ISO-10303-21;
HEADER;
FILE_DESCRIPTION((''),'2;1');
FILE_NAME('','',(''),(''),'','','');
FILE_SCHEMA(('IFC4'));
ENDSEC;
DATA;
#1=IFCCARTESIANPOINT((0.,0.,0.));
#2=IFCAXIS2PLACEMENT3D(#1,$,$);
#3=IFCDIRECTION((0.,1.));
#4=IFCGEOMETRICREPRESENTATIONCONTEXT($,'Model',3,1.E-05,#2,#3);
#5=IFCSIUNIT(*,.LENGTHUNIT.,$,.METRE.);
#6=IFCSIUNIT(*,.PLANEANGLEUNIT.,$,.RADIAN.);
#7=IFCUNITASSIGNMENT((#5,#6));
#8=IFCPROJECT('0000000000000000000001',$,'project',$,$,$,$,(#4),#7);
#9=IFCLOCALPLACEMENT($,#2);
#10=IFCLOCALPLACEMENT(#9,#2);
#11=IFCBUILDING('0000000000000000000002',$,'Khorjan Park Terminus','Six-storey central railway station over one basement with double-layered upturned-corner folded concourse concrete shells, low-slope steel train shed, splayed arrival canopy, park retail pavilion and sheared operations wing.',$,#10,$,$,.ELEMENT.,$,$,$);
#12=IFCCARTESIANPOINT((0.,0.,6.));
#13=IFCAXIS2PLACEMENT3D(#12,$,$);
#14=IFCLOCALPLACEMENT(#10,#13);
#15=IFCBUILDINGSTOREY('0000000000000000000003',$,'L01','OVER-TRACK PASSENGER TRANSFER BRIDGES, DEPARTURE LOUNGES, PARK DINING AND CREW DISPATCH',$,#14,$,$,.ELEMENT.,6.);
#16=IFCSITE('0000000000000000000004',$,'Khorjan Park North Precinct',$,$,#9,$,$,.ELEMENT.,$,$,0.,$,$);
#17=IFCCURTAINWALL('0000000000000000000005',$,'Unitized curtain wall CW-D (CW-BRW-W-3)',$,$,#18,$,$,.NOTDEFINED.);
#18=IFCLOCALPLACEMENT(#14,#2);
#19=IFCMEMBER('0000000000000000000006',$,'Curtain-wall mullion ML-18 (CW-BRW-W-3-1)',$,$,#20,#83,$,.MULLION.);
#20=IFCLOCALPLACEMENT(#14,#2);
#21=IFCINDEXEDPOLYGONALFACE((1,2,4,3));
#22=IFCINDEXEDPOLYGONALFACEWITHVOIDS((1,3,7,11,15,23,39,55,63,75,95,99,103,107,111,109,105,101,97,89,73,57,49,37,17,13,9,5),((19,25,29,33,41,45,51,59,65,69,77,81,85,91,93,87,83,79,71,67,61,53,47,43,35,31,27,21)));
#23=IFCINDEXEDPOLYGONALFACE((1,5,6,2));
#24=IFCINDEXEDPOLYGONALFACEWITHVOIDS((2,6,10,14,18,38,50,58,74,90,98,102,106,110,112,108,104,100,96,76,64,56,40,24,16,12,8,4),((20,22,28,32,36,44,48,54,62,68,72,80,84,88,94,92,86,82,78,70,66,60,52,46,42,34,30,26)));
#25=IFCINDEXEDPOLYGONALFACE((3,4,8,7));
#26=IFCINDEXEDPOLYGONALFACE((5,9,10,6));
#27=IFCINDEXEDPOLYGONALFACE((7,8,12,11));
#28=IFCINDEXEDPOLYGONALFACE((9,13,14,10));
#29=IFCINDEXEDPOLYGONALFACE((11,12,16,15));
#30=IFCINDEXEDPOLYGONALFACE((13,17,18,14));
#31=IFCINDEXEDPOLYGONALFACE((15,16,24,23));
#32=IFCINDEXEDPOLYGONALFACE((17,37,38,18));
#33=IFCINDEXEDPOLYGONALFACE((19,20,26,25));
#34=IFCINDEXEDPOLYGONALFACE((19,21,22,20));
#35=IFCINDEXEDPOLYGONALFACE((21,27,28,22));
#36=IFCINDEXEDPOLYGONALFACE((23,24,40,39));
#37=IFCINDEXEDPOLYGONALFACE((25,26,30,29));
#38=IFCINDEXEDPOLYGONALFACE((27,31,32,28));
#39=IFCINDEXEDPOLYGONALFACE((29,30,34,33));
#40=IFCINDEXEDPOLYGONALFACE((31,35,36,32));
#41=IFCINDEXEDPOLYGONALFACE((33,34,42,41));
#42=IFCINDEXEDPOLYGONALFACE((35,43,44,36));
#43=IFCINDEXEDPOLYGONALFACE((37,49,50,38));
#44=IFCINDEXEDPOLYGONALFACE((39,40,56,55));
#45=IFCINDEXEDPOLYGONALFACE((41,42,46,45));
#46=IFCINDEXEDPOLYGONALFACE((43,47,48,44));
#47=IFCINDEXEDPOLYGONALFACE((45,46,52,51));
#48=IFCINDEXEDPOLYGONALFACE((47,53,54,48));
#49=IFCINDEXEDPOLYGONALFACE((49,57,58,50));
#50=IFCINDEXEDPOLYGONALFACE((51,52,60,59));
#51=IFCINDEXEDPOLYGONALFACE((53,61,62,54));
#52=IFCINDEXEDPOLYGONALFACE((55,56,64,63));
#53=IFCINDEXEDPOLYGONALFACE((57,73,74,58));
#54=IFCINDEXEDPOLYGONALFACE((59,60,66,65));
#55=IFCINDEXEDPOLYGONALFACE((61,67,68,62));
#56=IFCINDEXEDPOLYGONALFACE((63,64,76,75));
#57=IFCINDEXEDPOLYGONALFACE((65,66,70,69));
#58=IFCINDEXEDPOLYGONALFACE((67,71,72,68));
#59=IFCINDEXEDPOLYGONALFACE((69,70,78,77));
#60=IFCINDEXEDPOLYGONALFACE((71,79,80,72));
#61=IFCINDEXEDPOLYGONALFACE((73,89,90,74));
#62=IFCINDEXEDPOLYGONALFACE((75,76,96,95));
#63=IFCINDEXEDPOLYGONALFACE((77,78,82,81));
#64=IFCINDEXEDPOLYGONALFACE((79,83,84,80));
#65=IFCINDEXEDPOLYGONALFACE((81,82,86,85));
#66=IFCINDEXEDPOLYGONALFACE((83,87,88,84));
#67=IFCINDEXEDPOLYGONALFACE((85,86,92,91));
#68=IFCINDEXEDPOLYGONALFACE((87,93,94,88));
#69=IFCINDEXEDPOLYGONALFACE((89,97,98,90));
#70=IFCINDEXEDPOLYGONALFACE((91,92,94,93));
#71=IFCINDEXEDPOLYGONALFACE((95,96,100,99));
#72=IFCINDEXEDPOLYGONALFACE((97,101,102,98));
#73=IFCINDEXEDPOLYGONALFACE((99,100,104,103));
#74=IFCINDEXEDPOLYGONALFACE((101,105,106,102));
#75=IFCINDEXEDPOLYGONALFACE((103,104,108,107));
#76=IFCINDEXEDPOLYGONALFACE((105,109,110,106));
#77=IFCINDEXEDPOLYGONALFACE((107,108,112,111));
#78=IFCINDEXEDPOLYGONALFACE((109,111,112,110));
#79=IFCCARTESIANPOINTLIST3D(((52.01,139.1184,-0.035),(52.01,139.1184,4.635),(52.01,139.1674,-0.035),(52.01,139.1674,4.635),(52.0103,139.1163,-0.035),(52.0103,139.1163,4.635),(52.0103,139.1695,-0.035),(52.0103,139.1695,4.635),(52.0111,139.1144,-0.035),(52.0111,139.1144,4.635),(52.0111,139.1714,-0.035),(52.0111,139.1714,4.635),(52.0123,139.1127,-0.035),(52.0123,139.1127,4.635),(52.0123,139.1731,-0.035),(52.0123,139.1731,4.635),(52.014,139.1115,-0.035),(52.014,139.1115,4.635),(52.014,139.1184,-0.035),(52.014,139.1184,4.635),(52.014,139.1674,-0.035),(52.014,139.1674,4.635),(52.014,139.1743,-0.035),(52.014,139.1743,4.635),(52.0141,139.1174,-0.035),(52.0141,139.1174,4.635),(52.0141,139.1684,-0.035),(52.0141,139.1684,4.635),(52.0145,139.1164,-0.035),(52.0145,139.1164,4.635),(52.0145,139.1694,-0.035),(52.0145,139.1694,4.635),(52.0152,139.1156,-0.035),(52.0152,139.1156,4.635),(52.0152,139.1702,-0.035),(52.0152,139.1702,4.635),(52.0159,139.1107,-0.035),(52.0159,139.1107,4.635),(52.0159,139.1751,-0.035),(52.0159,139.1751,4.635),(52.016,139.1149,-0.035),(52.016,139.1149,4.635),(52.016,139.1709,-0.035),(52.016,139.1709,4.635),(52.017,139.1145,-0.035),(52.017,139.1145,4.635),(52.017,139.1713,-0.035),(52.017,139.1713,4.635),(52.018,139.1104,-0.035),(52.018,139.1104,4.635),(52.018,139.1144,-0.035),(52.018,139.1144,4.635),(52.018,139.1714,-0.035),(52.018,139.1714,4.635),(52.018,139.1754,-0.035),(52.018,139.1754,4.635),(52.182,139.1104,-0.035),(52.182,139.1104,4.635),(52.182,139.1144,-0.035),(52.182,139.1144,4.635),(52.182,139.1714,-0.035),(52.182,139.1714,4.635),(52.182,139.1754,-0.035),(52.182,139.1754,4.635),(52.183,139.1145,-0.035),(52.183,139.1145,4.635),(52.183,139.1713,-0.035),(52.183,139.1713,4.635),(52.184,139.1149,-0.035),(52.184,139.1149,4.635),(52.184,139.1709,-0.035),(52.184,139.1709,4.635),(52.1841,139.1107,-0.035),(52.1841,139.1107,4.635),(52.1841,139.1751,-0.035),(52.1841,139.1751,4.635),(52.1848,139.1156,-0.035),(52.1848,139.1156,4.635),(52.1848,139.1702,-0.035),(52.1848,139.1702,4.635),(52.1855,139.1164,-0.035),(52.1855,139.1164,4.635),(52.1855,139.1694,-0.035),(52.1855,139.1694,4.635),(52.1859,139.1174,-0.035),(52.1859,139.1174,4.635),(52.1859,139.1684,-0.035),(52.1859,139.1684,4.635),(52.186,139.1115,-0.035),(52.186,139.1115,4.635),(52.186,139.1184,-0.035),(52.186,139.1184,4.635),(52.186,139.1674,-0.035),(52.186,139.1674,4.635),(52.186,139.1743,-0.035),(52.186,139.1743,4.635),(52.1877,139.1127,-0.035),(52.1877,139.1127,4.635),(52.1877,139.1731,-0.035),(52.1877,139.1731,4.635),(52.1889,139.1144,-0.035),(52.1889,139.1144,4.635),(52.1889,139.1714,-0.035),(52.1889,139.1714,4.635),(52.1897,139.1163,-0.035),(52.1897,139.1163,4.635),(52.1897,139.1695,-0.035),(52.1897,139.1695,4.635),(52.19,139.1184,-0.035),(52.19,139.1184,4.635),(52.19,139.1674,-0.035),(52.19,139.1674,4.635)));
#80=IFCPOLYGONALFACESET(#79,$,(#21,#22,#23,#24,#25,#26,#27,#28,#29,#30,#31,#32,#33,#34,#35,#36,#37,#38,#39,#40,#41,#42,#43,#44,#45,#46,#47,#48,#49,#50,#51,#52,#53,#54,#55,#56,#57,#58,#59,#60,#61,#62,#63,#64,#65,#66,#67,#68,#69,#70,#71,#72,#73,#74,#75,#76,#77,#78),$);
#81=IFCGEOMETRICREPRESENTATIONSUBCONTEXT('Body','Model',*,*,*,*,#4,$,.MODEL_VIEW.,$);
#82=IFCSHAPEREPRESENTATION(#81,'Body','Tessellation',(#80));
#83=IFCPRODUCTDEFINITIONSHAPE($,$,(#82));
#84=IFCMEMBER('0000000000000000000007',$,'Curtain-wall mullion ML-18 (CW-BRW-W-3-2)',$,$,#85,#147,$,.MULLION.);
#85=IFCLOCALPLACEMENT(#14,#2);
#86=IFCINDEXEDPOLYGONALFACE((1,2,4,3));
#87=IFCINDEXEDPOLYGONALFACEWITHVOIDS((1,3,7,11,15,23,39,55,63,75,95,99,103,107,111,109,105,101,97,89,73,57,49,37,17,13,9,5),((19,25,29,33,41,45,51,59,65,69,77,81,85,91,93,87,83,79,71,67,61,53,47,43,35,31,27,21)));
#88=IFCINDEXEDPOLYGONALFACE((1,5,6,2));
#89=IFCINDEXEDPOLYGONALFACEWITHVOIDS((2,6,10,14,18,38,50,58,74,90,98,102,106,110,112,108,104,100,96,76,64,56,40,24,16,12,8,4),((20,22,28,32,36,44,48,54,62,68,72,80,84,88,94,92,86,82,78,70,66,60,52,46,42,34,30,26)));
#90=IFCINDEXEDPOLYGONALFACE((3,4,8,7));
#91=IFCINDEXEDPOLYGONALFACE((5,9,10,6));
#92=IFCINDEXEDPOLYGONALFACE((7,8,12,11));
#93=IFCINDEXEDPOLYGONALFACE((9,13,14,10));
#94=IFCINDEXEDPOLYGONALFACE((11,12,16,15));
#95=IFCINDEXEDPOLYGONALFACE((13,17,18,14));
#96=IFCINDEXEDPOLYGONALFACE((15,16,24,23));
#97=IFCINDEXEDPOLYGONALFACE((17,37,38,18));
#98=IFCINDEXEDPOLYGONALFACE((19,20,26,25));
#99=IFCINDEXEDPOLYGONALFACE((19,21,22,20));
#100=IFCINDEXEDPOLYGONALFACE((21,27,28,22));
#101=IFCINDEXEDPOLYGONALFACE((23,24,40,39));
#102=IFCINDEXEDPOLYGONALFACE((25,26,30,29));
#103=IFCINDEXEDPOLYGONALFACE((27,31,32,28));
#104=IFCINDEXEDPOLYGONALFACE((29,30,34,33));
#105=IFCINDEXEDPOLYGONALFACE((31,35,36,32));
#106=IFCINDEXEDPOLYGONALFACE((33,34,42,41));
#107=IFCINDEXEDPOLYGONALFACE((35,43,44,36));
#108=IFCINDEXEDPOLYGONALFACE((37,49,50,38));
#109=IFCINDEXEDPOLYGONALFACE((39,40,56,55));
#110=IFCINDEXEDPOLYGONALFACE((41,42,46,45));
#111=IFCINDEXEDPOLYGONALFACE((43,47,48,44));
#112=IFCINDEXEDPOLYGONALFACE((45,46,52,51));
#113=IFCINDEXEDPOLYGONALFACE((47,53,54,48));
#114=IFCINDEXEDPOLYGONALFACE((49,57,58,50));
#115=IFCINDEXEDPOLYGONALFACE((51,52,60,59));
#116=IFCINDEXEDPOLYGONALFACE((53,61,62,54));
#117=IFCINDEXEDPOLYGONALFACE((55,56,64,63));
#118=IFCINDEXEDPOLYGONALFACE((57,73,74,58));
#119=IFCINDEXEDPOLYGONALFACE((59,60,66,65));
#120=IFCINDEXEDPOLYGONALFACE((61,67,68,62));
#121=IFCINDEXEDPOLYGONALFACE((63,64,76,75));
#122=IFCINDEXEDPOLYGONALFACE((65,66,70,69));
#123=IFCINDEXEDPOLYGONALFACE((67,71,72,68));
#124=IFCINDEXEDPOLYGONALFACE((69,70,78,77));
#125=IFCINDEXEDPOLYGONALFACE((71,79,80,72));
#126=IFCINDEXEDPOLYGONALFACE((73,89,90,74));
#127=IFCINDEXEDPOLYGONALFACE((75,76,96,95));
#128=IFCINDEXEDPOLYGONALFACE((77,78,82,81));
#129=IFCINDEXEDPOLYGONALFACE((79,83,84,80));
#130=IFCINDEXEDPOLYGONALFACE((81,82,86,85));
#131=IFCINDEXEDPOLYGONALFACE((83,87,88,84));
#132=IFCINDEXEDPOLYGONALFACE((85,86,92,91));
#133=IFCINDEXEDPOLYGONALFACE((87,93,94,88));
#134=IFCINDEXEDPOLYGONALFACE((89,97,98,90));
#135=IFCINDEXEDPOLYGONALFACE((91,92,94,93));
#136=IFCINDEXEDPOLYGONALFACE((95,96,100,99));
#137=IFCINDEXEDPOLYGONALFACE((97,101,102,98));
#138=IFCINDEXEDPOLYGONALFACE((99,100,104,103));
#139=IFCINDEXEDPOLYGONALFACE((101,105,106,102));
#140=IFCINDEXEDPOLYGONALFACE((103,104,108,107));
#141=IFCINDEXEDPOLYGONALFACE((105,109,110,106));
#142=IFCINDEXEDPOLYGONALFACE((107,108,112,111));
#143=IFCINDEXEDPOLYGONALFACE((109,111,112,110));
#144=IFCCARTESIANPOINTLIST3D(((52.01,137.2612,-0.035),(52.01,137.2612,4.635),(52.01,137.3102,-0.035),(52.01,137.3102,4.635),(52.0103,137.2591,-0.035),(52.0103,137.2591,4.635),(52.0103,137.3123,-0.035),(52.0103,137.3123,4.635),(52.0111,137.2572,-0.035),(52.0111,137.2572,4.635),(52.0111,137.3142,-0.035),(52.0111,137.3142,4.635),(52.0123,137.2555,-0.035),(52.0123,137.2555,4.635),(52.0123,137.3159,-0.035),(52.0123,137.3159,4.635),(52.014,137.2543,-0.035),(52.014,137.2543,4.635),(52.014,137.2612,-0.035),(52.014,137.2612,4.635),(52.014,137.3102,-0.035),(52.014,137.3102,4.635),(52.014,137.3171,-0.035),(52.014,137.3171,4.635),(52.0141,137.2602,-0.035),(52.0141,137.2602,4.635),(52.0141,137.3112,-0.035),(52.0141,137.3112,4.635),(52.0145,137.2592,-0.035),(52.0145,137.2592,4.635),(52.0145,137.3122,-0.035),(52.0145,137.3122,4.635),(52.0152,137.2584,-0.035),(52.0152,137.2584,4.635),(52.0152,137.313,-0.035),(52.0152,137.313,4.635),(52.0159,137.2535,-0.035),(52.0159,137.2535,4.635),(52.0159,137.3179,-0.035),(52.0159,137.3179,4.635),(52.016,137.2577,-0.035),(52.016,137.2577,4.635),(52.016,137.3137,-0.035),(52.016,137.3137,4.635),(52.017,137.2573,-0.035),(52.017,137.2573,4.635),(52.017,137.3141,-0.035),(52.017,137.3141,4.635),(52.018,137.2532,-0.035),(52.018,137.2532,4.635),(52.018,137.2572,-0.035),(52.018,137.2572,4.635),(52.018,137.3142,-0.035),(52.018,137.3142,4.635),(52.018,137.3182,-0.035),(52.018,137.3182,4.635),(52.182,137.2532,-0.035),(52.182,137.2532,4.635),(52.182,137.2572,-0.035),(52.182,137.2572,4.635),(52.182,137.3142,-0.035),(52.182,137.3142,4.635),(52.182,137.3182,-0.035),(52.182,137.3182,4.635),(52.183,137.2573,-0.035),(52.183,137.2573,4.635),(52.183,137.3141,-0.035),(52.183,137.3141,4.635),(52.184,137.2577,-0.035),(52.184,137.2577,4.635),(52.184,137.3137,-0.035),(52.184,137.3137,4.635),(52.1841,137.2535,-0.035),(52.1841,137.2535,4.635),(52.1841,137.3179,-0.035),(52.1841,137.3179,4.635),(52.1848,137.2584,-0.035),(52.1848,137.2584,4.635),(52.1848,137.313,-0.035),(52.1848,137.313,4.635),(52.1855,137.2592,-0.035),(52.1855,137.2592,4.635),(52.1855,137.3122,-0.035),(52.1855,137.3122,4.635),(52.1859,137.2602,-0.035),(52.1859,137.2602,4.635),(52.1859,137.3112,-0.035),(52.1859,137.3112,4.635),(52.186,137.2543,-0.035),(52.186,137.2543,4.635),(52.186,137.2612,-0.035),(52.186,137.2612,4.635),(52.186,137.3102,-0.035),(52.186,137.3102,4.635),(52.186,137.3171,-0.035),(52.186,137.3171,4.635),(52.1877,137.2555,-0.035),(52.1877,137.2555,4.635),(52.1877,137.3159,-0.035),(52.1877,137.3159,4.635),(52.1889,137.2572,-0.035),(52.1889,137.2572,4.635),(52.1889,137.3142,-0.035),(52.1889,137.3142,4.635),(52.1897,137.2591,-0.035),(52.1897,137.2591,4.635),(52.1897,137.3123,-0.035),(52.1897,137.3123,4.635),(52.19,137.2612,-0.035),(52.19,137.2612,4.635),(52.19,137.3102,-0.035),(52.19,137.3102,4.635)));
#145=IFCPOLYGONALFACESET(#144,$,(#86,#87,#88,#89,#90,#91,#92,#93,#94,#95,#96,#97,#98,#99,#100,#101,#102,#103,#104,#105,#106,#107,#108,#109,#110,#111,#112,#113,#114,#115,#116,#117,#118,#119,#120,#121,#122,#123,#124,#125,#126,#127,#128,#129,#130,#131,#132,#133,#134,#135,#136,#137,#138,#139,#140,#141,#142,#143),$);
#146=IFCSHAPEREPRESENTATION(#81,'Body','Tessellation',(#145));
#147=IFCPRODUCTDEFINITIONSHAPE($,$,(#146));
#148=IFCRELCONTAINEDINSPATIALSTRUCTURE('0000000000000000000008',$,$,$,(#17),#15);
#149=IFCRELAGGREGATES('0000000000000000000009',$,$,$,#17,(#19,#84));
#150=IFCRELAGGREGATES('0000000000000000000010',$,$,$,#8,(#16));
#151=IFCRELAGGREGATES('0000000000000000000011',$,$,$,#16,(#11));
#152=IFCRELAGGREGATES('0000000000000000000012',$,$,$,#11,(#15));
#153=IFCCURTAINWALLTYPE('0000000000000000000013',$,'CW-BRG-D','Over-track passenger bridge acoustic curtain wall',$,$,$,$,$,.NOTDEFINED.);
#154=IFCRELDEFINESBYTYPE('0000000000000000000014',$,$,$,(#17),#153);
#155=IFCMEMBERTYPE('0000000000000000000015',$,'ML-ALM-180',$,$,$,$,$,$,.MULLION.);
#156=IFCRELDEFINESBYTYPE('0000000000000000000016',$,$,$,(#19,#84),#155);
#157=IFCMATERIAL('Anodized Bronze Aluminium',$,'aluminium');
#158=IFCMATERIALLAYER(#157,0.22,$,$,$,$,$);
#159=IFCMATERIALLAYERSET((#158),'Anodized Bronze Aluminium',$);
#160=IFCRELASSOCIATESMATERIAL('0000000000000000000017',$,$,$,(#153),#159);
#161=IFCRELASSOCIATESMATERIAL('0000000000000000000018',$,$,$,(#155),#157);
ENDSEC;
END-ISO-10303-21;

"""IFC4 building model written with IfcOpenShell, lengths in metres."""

from ifc_helpers import new_model, si_unit, direction, frame, origin, origin_2d, place, context, subcontext, project, spatial, hollow_rectangle, extrude, material, layer, layer_set, material_profile, profile_set, type_object, element, aggregate, save


model = new_model("IFC4")

# Units and contexts
model_context = context("Model", 3, precision=1e-05, world=origin(), true_north=direction((0.0, 1.0)))
body_context = subcontext(model_context, "Body", "Model", "MODEL_VIEW")
ifc_project = project(units=[si_unit("LENGTHUNIT", "METRE"), si_unit("PLANEANGLEUNIT", "RADIAN")], contexts=[model_context])

# Site, building, storey
site_placement = place(None, origin())
site = spatial("IfcSite", under=ifc_project, at=site_placement, Name="Khorjan Park North Precinct", CompositionType="ELEMENT", RefElevation=0.0)
building_placement = place(site_placement, origin())
building = spatial("IfcBuilding", under=site, at=building_placement, Name="Khorjan Park Terminus", Description="Six-storey central railway station over one basement with double-layered upturned-corner folded concourse concrete shells, low-slope steel train shed, splayed arrival canopy, park retail pavilion and sheared operations wing.", CompositionType="ELEMENT")
storey_placement = place(building_placement, frame((0.0, 0.0, 6.0)))
storey = spatial("IfcBuildingStorey", under=building, at=storey_placement, Name="L01", Description="OVER-TRACK PASSENGER TRANSFER BRIDGES, DEPARTURE LOUNGES, PARK DINING AND CREW DISPATCH", CompositionType="ELEMENT", Elevation=6.0)

# Curtain wall, members
ifc_material_1 = material(Name="Anodized Bronze Aluminium", Category="aluminium")
ifc_layer_1 = layer(ifc_material_1, 0.22)
ifc_layer_set_1 = layer_set([ifc_layer_1], Name="Anodized Bronze Aluminium")
curtain_wall_type = type_object("IfcCurtainWallType", Name="CW-BRG-D", Description="Over-track passenger bridge acoustic curtain wall", PredefinedType="NOTDEFINED", material=ifc_layer_set_1)
curtain_wall_placement = place(storey_placement, origin())
curtain_wall = element("IfcCurtainWall", 1, at=curtain_wall_placement, inside=storey, type_object=curtain_wall_type, Name="Unitized curtain wall CW-D (CW-BRW-W-3)", PredefinedType="NOTDEFINED")
ifc_material_profile_1 = material_profile(ifc_material_1, hollow_rectangle(XDim=0.065, YDim=0.18, WallThickness=0.004, InnerFilletRadius=0.004, OuterFilletRadius=0.008, at=origin_2d()), Name="ALM 65x180x4")
ifc_profile_set_1 = profile_set([ifc_material_profile_1], Name="Anodized Bronze Aluminium")
member_type_1 = type_object("IfcMemberType", Name="ML-ALM-180", PredefinedType="MULLION", material=ifc_profile_set_1)
member_1_placement = place(storey_placement, frame((52.1, 139.1429, -0.035), z_axis=(0.0, 0.0, 1.0), x_axis=(0.0, -1.0, 0.0)))
member_1 = element("IfcMember", 2, at=member_1_placement, type_object=member_type_1, Name="Curtain-wall mullion ML-18 (CW-BRW-W-3-1)", PredefinedType="MULLION", context=body_context, shape_type="SweptSolid", body=[
    extrude(hollow_rectangle(XDim=0.065, YDim=0.18, WallThickness=0.004, InnerFilletRadius=0.004, OuterFilletRadius=0.008, at=origin_2d()), origin(), (0.0, 0.0, 1.0), 4.67),
])
member_2_placement = place(storey_placement, frame((52.1, 137.2857, -0.035), z_axis=(0.0, 0.0, 1.0), x_axis=(0.0, -1.0, 0.0)))
member_2 = element("IfcMember", 3, at=member_2_placement, type_object=member_type_1, Name="Curtain-wall mullion ML-18 (CW-BRW-W-3-2)", PredefinedType="MULLION", context=body_context, shape_type="SweptSolid", body=[
    extrude(hollow_rectangle(XDim=0.065, YDim=0.18, WallThickness=0.004, InnerFilletRadius=0.004, OuterFilletRadius=0.008, at=origin_2d()), origin(), (0.0, 0.0, 1.0), 4.67),
])
aggregate(curtain_wall, [member_1, member_2])

save(model, "model.ifc")
